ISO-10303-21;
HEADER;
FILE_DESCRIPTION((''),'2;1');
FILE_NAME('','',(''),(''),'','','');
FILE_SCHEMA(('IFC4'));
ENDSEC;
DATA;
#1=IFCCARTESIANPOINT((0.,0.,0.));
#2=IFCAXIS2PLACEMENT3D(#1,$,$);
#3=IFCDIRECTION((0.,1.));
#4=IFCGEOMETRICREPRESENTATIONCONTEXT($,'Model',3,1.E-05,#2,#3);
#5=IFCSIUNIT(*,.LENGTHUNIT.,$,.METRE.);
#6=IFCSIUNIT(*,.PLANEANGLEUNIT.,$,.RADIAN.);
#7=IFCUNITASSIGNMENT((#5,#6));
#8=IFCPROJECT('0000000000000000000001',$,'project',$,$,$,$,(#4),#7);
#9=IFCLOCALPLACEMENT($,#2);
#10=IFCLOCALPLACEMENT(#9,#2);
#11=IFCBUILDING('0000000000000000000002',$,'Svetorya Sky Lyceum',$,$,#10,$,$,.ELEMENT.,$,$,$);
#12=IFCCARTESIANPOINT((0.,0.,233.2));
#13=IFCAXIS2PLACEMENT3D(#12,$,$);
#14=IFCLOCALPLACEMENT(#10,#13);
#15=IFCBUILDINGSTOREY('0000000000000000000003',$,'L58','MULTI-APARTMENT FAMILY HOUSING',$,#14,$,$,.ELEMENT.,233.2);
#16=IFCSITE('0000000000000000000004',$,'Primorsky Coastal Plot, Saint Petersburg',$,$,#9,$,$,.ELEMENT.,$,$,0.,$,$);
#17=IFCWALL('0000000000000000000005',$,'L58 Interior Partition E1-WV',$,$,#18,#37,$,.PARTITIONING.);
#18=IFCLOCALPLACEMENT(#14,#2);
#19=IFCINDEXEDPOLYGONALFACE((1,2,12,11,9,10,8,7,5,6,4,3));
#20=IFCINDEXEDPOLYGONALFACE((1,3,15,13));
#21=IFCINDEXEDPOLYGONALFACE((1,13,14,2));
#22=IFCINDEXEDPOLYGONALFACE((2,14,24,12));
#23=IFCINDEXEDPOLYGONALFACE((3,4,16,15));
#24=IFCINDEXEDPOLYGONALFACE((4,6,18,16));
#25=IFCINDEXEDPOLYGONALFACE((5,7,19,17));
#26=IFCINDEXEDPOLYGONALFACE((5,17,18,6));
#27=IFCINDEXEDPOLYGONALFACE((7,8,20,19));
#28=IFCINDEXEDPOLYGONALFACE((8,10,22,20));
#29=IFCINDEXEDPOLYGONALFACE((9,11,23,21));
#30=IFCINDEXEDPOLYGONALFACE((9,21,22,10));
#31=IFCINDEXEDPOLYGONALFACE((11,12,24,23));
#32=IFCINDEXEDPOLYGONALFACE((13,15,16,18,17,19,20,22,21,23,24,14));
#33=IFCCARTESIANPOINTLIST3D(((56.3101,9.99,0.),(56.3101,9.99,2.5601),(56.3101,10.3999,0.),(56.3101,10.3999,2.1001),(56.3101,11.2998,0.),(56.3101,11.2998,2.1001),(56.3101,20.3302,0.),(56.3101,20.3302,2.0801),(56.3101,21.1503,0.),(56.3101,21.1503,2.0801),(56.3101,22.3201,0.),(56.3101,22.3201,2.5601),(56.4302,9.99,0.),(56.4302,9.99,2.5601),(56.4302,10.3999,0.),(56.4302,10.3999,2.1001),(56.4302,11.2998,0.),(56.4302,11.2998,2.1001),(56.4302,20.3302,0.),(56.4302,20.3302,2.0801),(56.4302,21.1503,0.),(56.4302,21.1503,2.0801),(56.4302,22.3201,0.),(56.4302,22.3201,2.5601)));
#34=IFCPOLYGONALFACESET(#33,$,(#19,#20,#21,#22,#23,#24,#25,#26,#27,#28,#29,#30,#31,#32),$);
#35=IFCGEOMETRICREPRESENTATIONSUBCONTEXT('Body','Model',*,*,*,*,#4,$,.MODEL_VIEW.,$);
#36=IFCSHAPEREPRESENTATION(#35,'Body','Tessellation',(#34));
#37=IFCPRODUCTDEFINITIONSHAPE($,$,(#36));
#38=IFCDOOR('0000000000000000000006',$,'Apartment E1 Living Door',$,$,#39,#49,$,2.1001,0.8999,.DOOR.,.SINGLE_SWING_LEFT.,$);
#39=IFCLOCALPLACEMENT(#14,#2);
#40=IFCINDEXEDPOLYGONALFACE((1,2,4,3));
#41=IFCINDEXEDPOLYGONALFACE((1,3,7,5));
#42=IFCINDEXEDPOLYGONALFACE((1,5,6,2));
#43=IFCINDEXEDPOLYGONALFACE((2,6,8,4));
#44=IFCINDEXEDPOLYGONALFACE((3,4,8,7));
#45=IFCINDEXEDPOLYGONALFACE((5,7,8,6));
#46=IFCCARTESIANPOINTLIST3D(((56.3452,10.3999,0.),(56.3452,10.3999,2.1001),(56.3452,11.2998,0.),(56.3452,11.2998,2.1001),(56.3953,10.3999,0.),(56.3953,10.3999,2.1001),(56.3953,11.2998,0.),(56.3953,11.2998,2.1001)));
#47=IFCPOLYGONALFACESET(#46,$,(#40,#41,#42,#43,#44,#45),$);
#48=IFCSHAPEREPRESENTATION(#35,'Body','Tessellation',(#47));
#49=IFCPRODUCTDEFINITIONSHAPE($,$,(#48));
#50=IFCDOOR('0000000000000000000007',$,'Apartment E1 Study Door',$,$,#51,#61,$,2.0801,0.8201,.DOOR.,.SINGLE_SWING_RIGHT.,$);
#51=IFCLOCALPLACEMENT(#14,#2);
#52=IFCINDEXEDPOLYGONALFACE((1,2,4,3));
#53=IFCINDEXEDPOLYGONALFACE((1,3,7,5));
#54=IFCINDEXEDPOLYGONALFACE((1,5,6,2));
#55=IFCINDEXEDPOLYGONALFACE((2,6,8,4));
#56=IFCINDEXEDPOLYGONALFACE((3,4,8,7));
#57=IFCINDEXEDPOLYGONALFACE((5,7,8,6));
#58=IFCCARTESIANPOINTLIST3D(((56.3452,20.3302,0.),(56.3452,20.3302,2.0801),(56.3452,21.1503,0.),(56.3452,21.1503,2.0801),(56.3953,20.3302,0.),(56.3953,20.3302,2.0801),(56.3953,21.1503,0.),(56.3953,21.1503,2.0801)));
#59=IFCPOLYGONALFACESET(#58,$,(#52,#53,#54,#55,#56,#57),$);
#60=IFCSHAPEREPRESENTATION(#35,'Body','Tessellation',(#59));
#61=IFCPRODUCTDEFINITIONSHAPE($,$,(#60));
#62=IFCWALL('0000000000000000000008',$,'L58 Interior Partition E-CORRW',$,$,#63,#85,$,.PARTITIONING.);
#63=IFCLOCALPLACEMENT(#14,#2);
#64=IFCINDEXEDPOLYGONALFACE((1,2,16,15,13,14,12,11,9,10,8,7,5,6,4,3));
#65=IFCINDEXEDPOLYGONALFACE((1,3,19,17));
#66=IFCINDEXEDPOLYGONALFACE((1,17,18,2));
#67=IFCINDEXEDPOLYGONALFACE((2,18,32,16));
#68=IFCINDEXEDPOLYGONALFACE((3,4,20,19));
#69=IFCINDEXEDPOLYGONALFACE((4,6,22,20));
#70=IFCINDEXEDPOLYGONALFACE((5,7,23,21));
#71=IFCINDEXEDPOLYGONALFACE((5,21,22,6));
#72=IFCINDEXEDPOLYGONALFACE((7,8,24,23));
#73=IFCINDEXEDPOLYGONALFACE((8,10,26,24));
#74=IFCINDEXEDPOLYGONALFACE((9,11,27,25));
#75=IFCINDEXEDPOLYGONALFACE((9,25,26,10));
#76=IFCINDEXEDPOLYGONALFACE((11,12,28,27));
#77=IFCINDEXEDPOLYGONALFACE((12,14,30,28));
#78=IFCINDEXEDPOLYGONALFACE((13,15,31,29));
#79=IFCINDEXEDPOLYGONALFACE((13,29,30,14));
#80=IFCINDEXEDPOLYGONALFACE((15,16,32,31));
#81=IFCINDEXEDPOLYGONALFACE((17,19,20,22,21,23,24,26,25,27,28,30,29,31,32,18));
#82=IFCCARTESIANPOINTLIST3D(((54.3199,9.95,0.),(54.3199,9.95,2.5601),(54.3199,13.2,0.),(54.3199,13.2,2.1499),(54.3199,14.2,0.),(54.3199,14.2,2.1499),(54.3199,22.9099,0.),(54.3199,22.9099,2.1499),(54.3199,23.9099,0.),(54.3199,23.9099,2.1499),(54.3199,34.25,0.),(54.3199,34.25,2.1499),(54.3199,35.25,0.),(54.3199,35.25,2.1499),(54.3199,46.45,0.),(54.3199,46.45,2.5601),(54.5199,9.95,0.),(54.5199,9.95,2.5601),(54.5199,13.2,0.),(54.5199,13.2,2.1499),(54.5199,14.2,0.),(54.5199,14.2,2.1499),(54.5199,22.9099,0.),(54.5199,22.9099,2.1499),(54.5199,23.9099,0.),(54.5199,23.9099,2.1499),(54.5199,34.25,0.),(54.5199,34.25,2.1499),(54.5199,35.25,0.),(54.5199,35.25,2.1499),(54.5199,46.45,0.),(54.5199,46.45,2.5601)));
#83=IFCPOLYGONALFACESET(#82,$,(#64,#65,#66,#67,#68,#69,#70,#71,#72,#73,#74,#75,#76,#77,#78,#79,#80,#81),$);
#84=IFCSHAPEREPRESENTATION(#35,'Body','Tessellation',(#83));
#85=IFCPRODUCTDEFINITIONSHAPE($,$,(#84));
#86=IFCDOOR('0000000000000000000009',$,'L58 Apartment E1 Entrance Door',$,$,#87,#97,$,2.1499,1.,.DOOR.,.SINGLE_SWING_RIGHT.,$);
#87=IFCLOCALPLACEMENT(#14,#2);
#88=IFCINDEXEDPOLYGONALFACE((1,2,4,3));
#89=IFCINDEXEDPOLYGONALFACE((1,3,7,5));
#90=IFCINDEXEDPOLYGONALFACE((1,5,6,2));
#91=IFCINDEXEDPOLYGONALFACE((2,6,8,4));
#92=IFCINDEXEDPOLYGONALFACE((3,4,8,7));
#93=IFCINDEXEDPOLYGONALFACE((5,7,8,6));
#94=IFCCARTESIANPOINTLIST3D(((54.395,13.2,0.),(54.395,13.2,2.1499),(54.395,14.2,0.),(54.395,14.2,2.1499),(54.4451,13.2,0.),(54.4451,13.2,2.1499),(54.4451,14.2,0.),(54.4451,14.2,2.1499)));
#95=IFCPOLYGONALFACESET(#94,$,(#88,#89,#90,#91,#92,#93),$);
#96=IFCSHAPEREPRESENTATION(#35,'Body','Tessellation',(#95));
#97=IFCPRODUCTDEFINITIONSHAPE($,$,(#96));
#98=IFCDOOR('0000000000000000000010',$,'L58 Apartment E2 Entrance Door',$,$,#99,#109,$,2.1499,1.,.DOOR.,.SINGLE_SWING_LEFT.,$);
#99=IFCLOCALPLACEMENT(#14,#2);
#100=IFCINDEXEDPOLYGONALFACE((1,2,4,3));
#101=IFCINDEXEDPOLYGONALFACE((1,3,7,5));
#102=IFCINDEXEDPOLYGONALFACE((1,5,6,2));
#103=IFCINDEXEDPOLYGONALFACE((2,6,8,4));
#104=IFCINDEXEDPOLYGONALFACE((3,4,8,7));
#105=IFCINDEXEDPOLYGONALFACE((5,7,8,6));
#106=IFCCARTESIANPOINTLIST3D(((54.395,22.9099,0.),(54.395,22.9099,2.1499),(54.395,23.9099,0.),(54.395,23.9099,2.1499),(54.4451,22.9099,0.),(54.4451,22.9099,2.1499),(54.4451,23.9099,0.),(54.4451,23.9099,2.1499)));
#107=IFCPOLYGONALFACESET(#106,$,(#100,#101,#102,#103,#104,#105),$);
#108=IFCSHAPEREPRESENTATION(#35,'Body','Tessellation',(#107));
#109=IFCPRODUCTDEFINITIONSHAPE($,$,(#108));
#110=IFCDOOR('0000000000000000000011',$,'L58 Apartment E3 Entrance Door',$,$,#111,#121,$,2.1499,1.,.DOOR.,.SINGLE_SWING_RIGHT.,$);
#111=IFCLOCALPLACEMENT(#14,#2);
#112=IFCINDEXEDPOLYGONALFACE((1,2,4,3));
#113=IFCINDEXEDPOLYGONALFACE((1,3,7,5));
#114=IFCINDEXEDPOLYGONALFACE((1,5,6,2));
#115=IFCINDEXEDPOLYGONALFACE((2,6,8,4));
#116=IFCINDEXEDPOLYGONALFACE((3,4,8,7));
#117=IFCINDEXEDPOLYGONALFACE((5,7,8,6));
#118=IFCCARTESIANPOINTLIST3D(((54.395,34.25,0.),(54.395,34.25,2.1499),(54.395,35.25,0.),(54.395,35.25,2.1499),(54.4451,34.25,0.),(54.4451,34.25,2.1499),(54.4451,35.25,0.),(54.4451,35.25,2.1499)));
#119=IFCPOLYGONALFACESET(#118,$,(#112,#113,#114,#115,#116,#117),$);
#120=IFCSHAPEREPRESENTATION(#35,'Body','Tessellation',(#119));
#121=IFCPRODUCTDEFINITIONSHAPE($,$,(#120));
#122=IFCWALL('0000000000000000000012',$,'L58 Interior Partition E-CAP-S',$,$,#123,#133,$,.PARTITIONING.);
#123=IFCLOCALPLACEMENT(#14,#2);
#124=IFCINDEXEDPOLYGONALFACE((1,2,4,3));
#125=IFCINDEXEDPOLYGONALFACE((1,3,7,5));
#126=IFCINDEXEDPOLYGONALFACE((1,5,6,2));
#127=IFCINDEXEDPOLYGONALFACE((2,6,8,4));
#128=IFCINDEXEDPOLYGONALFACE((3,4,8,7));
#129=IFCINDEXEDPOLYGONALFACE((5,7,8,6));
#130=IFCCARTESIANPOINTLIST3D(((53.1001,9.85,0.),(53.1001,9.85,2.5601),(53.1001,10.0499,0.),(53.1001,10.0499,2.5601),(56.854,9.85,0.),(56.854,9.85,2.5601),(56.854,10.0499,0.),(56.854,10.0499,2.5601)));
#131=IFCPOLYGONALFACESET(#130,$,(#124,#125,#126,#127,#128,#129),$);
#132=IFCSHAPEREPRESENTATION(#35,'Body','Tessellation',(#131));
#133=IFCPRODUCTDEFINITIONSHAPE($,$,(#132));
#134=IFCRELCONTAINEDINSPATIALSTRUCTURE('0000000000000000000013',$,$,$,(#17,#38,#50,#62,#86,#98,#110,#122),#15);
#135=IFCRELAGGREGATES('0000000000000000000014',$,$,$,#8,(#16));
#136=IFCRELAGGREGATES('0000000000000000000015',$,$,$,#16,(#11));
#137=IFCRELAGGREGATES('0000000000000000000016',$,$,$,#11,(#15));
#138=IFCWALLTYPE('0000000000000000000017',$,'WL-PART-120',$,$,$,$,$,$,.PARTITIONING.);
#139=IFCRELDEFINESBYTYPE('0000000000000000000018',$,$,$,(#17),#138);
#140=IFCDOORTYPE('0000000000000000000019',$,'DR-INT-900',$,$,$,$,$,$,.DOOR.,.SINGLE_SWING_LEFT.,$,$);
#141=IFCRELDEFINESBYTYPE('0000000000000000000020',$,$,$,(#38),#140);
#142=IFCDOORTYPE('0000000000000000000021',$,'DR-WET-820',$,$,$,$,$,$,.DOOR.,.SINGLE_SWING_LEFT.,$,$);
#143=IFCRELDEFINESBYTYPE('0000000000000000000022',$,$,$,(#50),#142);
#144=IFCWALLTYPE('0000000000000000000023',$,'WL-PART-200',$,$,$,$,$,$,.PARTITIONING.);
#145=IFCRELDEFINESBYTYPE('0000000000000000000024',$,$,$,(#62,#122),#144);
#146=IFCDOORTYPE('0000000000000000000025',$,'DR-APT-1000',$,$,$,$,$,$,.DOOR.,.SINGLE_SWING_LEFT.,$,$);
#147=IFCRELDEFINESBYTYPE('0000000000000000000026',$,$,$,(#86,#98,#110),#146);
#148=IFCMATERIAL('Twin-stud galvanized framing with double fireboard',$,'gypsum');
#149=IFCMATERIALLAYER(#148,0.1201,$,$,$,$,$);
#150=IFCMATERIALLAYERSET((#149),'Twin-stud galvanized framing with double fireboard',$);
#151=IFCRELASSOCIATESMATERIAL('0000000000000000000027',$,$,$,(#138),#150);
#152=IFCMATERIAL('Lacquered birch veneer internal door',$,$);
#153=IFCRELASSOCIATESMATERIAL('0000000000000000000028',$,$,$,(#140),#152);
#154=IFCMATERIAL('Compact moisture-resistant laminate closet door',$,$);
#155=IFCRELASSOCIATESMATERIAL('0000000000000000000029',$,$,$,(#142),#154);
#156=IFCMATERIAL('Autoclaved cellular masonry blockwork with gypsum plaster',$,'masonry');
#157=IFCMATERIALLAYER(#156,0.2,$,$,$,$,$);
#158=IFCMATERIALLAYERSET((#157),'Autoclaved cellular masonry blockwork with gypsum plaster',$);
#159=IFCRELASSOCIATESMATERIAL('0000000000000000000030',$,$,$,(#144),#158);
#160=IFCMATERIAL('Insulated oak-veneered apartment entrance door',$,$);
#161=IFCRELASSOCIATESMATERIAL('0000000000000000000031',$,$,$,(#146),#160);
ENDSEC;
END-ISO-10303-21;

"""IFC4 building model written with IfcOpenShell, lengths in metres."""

from ifc_helpers import new_model, si_unit, direction, frame, frame_2d, origin, place, context, subcontext, project, spatial, rectangle, extrude, material, layer, layer_set, type_object, element, fill, save


model = new_model("IFC4")

# Units and contexts
model_context = context("Model", 3, precision=1e-05, world=origin(), true_north=direction((0.0, 1.0)))
body_context = subcontext(model_context, "Body", "Model", "MODEL_VIEW")
ifc_project = project(units=[si_unit("LENGTHUNIT", "METRE"), si_unit("PLANEANGLEUNIT", "RADIAN")], contexts=[model_context])

# Site, building, storey
site_placement = place(None, origin())
site = spatial("IfcSite", under=ifc_project, at=site_placement, Name="Primorsky Coastal Plot, Saint Petersburg", CompositionType="ELEMENT", RefElevation=0.0)
building_placement = place(site_placement, origin())
building = spatial("IfcBuilding", under=site, at=building_placement, Name="Svetorya Sky Lyceum", CompositionType="ELEMENT")
storey_placement = place(building_placement, frame((0.0, 0.0, 233.2)))
storey = spatial("IfcBuildingStorey", under=building, at=storey_placement, Name="L58", Description="MULTI-APARTMENT FAMILY HOUSING", CompositionType="ELEMENT", Elevation=233.2)

# Shared definitions
ifc_material_1 = material(Name="Twin-stud galvanized framing with double fireboard", Category="gypsum")
ifc_layer_1 = layer(ifc_material_1, 0.1201)
ifc_layer_set_1 = layer_set([ifc_layer_1], Name="Twin-stud galvanized framing with double fireboard")
wall_type_1 = type_object("IfcWallType", Name="WL-PART-120", PredefinedType="PARTITIONING", material=ifc_layer_set_1)

# Walls, openings, doors
wall_1_placement = place(storey_placement, frame((56.3701, 9.99, 0.0), z_axis=(0.0, 0.0, 1.0), x_axis=(0.0, 1.0, 0.0)))
wall_1 = element("IfcWall", 1, at=wall_1_placement, inside=storey, type_object=wall_type_1, Name="L58 Interior Partition E1-WV", PredefinedType="PARTITIONING", context=body_context, shape_type="SweptSolid", body=[
    extrude(rectangle(XDim=12.3301, YDim=0.1201, at=frame_2d((6.165, 0.0))), origin(), (0.0, 0.0, 1.0), 2.5601),
])
opening_1_placement = place(wall_1_placement, frame((0.4099, 0.0, 0.0)))
opening_1 = element("IfcOpeningElement", 2, at=opening_1_placement, cuts=wall_1, PredefinedType="OPENING", context=body_context, shape_type="SweptSolid", body=[
    extrude(rectangle(XDim=0.8999, YDim=2.1001, at=frame_2d((0.45, 1.05))), frame((0.0, 0.0701, 0.0), z_axis=(0.0, -1.0, 0.0), x_axis=(1.0, 0.0, 0.0)), (0.0, 0.0, 1.0), 0.1401),
])
opening_2_placement = place(wall_1_placement, frame((10.3401, 0.0, 0.0)))
opening_2 = element("IfcOpeningElement", 3, at=opening_2_placement, cuts=wall_1, PredefinedType="OPENING", context=body_context, shape_type="SweptSolid", body=[
    extrude(rectangle(XDim=0.8201, YDim=2.0801, at=frame_2d((0.4102, 1.04))), frame((0.0, 0.0701, 0.0), z_axis=(0.0, -1.0, 0.0), x_axis=(1.0, 0.0, 0.0)), (0.0, 0.0, 1.0), 0.1401),
])
ifc_material_2 = material(Name="Lacquered birch veneer internal door")
door_type_1 = type_object("IfcDoorType", Name="DR-INT-900", OperationType="SINGLE_SWING_LEFT", PredefinedType="DOOR", material=ifc_material_2)
door_1_placement = place(opening_1_placement, origin())
door_1 = element("IfcDoor", 4, at=door_1_placement, inside=storey, type_object=door_type_1, Name="Apartment E1 Living Door", OperationType="SINGLE_SWING_LEFT", OverallHeight=2.1001, OverallWidth=0.8999, PredefinedType="DOOR", context=body_context, shape_type="SweptSolid", body=[
    extrude(rectangle(XDim=0.8999, YDim=2.1001, at=frame_2d((0.45, 1.05))), frame((0.0, 0.0249, 0.0), z_axis=(0.0, -1.0, 0.0), x_axis=(1.0, 0.0, 0.0)), (0.0, 0.0, 1.0), 0.05),
])
fill(opening_1, door_1)
ifc_material_3 = material(Name="Compact moisture-resistant laminate closet door")
door_type_2 = type_object("IfcDoorType", Name="DR-WET-820", OperationType="SINGLE_SWING_LEFT", PredefinedType="DOOR", material=ifc_material_3)
door_2_placement = place(opening_2_placement, origin())
door_2 = element("IfcDoor", 5, at=door_2_placement, inside=storey, type_object=door_type_2, Name="Apartment E1 Study Door", OperationType="SINGLE_SWING_RIGHT", OverallHeight=2.0801, OverallWidth=0.8201, PredefinedType="DOOR", context=body_context, shape_type="SweptSolid", body=[
    extrude(rectangle(XDim=0.8201, YDim=2.0801, at=frame_2d((0.4102, 1.04))), frame((0.0, 0.0249, 0.0), z_axis=(0.0, -1.0, 0.0), x_axis=(1.0, 0.0, 0.0)), (0.0, 0.0, 1.0), 0.05),
])
fill(opening_2, door_2)
ifc_material_4 = material(Name="Autoclaved cellular masonry blockwork with gypsum plaster", Category="masonry")
ifc_layer_2 = layer(ifc_material_4, 0.2)
ifc_layer_set_2 = layer_set([ifc_layer_2], Name="Autoclaved cellular masonry blockwork with gypsum plaster")
wall_type_2 = type_object("IfcWallType", Name="WL-PART-200", PredefinedType="PARTITIONING", material=ifc_layer_set_2)
wall_2_placement = place(storey_placement, frame((54.4199, 9.95, 0.0), z_axis=(0.0, 0.0, 1.0), x_axis=(0.0, 1.0, 0.0)))
wall_2 = element("IfcWall", 6, at=wall_2_placement, inside=storey, type_object=wall_type_2, Name="L58 Interior Partition E-CORRW", PredefinedType="PARTITIONING", context=body_context, shape_type="SweptSolid", body=[
    extrude(rectangle(XDim=36.5, YDim=0.2, at=frame_2d((18.25, 0.0))), origin(), (0.0, 0.0, 1.0), 2.5601),
])
opening_3_placement = place(wall_2_placement, frame((3.25, 0.0, 0.0)))
opening_3 = element("IfcOpeningElement", 7, at=opening_3_placement, cuts=wall_2, PredefinedType="OPENING", context=body_context, shape_type="SweptSolid", body=[
    extrude(rectangle(XDim=1.0, YDim=2.1499, at=frame_2d((0.5, 1.075))), frame((0.0, 0.1099, 0.0), z_axis=(0.0, -1.0, 0.0), x_axis=(1.0, 0.0, 0.0)), (0.0, 0.0, 1.0), 0.22),
])
opening_4_placement = place(wall_2_placement, frame((12.96, 0.0, 0.0)))
opening_4 = element("IfcOpeningElement", 8, at=opening_4_placement, cuts=wall_2, PredefinedType="OPENING", context=body_context, shape_type="SweptSolid", body=[
    extrude(rectangle(XDim=1.0, YDim=2.1499, at=frame_2d((0.5, 1.075))), frame((0.0, 0.1099, 0.0), z_axis=(0.0, -1.0, 0.0), x_axis=(1.0, 0.0, 0.0)), (0.0, 0.0, 1.0), 0.22),
])
opening_5_placement = place(wall_2_placement, frame((24.3, 0.0, 0.0)))
opening_5 = element("IfcOpeningElement", 9, at=opening_5_placement, cuts=wall_2, PredefinedType="OPENING", context=body_context, shape_type="SweptSolid", body=[
    extrude(rectangle(XDim=1.0, YDim=2.1499, at=frame_2d((0.5, 1.075))), frame((0.0, 0.1099, 0.0), z_axis=(0.0, -1.0, 0.0), x_axis=(1.0, 0.0, 0.0)), (0.0, 0.0, 1.0), 0.22),
])
ifc_material_5 = material(Name="Insulated oak-veneered apartment entrance door")
door_type_3 = type_object("IfcDoorType", Name="DR-APT-1000", OperationType="SINGLE_SWING_LEFT", PredefinedType="DOOR", material=ifc_material_5)
door_3_placement = place(opening_3_placement, origin())
door_3 = element("IfcDoor", 10, at=door_3_placement, inside=storey, type_object=door_type_3, Name="L58 Apartment E1 Entrance Door", OperationType="SINGLE_SWING_RIGHT", OverallHeight=2.1499, OverallWidth=1.0, PredefinedType="DOOR", context=body_context, shape_type="SweptSolid", body=[
    extrude(rectangle(XDim=1.0, YDim=2.1499, at=frame_2d((0.5, 1.075))), frame((0.0, 0.0249, 0.0), z_axis=(0.0, -1.0, 0.0), x_axis=(1.0, 0.0, 0.0)), (0.0, 0.0, 1.0), 0.05),
])
fill(opening_3, door_3)
door_4_placement = place(opening_4_placement, origin())
door_4 = element("IfcDoor", 11, at=door_4_placement, inside=storey, type_object=door_type_3, Name="L58 Apartment E2 Entrance Door", OperationType="SINGLE_SWING_LEFT", OverallHeight=2.1499, OverallWidth=1.0, PredefinedType="DOOR", context=body_context, shape_type="SweptSolid", body=[
    extrude(rectangle(XDim=1.0, YDim=2.1499, at=frame_2d((0.5, 1.075))), frame((0.0, 0.0249, 0.0), z_axis=(0.0, -1.0, 0.0), x_axis=(1.0, 0.0, 0.0)), (0.0, 0.0, 1.0), 0.05),
])
fill(opening_4, door_4)
door_5_placement = place(opening_5_placement, origin())
door_5 = element("IfcDoor", 12, at=door_5_placement, inside=storey, type_object=door_type_3, Name="L58 Apartment E3 Entrance Door", OperationType="SINGLE_SWING_RIGHT", OverallHeight=2.1499, OverallWidth=1.0, PredefinedType="DOOR", context=body_context, shape_type="SweptSolid", body=[
    extrude(rectangle(XDim=1.0, YDim=2.1499, at=frame_2d((0.5, 1.075))), frame((0.0, 0.0249, 0.0), z_axis=(0.0, -1.0, 0.0), x_axis=(1.0, 0.0, 0.0)), (0.0, 0.0, 1.0), 0.05),
])
fill(opening_5, door_5)

# Wall
wall_3_placement = place(storey_placement, frame((53.1001, 9.95, 0.0), z_axis=(0.0, 0.0, 1.0), x_axis=(1.0, 0.0, 0.0)))
element("IfcWall", 13, at=wall_3_placement, inside=storey, type_object=wall_type_2, Name="L58 Interior Partition E-CAP-S", PredefinedType="PARTITIONING", context=body_context, shape_type="SweptSolid", body=[
    extrude(rectangle(XDim=3.7539, YDim=0.2, at=frame_2d((1.877, 0.0))), origin(), (0.0, 0.0, 1.0), 2.5601),
])

save(model, "model.ifc")
